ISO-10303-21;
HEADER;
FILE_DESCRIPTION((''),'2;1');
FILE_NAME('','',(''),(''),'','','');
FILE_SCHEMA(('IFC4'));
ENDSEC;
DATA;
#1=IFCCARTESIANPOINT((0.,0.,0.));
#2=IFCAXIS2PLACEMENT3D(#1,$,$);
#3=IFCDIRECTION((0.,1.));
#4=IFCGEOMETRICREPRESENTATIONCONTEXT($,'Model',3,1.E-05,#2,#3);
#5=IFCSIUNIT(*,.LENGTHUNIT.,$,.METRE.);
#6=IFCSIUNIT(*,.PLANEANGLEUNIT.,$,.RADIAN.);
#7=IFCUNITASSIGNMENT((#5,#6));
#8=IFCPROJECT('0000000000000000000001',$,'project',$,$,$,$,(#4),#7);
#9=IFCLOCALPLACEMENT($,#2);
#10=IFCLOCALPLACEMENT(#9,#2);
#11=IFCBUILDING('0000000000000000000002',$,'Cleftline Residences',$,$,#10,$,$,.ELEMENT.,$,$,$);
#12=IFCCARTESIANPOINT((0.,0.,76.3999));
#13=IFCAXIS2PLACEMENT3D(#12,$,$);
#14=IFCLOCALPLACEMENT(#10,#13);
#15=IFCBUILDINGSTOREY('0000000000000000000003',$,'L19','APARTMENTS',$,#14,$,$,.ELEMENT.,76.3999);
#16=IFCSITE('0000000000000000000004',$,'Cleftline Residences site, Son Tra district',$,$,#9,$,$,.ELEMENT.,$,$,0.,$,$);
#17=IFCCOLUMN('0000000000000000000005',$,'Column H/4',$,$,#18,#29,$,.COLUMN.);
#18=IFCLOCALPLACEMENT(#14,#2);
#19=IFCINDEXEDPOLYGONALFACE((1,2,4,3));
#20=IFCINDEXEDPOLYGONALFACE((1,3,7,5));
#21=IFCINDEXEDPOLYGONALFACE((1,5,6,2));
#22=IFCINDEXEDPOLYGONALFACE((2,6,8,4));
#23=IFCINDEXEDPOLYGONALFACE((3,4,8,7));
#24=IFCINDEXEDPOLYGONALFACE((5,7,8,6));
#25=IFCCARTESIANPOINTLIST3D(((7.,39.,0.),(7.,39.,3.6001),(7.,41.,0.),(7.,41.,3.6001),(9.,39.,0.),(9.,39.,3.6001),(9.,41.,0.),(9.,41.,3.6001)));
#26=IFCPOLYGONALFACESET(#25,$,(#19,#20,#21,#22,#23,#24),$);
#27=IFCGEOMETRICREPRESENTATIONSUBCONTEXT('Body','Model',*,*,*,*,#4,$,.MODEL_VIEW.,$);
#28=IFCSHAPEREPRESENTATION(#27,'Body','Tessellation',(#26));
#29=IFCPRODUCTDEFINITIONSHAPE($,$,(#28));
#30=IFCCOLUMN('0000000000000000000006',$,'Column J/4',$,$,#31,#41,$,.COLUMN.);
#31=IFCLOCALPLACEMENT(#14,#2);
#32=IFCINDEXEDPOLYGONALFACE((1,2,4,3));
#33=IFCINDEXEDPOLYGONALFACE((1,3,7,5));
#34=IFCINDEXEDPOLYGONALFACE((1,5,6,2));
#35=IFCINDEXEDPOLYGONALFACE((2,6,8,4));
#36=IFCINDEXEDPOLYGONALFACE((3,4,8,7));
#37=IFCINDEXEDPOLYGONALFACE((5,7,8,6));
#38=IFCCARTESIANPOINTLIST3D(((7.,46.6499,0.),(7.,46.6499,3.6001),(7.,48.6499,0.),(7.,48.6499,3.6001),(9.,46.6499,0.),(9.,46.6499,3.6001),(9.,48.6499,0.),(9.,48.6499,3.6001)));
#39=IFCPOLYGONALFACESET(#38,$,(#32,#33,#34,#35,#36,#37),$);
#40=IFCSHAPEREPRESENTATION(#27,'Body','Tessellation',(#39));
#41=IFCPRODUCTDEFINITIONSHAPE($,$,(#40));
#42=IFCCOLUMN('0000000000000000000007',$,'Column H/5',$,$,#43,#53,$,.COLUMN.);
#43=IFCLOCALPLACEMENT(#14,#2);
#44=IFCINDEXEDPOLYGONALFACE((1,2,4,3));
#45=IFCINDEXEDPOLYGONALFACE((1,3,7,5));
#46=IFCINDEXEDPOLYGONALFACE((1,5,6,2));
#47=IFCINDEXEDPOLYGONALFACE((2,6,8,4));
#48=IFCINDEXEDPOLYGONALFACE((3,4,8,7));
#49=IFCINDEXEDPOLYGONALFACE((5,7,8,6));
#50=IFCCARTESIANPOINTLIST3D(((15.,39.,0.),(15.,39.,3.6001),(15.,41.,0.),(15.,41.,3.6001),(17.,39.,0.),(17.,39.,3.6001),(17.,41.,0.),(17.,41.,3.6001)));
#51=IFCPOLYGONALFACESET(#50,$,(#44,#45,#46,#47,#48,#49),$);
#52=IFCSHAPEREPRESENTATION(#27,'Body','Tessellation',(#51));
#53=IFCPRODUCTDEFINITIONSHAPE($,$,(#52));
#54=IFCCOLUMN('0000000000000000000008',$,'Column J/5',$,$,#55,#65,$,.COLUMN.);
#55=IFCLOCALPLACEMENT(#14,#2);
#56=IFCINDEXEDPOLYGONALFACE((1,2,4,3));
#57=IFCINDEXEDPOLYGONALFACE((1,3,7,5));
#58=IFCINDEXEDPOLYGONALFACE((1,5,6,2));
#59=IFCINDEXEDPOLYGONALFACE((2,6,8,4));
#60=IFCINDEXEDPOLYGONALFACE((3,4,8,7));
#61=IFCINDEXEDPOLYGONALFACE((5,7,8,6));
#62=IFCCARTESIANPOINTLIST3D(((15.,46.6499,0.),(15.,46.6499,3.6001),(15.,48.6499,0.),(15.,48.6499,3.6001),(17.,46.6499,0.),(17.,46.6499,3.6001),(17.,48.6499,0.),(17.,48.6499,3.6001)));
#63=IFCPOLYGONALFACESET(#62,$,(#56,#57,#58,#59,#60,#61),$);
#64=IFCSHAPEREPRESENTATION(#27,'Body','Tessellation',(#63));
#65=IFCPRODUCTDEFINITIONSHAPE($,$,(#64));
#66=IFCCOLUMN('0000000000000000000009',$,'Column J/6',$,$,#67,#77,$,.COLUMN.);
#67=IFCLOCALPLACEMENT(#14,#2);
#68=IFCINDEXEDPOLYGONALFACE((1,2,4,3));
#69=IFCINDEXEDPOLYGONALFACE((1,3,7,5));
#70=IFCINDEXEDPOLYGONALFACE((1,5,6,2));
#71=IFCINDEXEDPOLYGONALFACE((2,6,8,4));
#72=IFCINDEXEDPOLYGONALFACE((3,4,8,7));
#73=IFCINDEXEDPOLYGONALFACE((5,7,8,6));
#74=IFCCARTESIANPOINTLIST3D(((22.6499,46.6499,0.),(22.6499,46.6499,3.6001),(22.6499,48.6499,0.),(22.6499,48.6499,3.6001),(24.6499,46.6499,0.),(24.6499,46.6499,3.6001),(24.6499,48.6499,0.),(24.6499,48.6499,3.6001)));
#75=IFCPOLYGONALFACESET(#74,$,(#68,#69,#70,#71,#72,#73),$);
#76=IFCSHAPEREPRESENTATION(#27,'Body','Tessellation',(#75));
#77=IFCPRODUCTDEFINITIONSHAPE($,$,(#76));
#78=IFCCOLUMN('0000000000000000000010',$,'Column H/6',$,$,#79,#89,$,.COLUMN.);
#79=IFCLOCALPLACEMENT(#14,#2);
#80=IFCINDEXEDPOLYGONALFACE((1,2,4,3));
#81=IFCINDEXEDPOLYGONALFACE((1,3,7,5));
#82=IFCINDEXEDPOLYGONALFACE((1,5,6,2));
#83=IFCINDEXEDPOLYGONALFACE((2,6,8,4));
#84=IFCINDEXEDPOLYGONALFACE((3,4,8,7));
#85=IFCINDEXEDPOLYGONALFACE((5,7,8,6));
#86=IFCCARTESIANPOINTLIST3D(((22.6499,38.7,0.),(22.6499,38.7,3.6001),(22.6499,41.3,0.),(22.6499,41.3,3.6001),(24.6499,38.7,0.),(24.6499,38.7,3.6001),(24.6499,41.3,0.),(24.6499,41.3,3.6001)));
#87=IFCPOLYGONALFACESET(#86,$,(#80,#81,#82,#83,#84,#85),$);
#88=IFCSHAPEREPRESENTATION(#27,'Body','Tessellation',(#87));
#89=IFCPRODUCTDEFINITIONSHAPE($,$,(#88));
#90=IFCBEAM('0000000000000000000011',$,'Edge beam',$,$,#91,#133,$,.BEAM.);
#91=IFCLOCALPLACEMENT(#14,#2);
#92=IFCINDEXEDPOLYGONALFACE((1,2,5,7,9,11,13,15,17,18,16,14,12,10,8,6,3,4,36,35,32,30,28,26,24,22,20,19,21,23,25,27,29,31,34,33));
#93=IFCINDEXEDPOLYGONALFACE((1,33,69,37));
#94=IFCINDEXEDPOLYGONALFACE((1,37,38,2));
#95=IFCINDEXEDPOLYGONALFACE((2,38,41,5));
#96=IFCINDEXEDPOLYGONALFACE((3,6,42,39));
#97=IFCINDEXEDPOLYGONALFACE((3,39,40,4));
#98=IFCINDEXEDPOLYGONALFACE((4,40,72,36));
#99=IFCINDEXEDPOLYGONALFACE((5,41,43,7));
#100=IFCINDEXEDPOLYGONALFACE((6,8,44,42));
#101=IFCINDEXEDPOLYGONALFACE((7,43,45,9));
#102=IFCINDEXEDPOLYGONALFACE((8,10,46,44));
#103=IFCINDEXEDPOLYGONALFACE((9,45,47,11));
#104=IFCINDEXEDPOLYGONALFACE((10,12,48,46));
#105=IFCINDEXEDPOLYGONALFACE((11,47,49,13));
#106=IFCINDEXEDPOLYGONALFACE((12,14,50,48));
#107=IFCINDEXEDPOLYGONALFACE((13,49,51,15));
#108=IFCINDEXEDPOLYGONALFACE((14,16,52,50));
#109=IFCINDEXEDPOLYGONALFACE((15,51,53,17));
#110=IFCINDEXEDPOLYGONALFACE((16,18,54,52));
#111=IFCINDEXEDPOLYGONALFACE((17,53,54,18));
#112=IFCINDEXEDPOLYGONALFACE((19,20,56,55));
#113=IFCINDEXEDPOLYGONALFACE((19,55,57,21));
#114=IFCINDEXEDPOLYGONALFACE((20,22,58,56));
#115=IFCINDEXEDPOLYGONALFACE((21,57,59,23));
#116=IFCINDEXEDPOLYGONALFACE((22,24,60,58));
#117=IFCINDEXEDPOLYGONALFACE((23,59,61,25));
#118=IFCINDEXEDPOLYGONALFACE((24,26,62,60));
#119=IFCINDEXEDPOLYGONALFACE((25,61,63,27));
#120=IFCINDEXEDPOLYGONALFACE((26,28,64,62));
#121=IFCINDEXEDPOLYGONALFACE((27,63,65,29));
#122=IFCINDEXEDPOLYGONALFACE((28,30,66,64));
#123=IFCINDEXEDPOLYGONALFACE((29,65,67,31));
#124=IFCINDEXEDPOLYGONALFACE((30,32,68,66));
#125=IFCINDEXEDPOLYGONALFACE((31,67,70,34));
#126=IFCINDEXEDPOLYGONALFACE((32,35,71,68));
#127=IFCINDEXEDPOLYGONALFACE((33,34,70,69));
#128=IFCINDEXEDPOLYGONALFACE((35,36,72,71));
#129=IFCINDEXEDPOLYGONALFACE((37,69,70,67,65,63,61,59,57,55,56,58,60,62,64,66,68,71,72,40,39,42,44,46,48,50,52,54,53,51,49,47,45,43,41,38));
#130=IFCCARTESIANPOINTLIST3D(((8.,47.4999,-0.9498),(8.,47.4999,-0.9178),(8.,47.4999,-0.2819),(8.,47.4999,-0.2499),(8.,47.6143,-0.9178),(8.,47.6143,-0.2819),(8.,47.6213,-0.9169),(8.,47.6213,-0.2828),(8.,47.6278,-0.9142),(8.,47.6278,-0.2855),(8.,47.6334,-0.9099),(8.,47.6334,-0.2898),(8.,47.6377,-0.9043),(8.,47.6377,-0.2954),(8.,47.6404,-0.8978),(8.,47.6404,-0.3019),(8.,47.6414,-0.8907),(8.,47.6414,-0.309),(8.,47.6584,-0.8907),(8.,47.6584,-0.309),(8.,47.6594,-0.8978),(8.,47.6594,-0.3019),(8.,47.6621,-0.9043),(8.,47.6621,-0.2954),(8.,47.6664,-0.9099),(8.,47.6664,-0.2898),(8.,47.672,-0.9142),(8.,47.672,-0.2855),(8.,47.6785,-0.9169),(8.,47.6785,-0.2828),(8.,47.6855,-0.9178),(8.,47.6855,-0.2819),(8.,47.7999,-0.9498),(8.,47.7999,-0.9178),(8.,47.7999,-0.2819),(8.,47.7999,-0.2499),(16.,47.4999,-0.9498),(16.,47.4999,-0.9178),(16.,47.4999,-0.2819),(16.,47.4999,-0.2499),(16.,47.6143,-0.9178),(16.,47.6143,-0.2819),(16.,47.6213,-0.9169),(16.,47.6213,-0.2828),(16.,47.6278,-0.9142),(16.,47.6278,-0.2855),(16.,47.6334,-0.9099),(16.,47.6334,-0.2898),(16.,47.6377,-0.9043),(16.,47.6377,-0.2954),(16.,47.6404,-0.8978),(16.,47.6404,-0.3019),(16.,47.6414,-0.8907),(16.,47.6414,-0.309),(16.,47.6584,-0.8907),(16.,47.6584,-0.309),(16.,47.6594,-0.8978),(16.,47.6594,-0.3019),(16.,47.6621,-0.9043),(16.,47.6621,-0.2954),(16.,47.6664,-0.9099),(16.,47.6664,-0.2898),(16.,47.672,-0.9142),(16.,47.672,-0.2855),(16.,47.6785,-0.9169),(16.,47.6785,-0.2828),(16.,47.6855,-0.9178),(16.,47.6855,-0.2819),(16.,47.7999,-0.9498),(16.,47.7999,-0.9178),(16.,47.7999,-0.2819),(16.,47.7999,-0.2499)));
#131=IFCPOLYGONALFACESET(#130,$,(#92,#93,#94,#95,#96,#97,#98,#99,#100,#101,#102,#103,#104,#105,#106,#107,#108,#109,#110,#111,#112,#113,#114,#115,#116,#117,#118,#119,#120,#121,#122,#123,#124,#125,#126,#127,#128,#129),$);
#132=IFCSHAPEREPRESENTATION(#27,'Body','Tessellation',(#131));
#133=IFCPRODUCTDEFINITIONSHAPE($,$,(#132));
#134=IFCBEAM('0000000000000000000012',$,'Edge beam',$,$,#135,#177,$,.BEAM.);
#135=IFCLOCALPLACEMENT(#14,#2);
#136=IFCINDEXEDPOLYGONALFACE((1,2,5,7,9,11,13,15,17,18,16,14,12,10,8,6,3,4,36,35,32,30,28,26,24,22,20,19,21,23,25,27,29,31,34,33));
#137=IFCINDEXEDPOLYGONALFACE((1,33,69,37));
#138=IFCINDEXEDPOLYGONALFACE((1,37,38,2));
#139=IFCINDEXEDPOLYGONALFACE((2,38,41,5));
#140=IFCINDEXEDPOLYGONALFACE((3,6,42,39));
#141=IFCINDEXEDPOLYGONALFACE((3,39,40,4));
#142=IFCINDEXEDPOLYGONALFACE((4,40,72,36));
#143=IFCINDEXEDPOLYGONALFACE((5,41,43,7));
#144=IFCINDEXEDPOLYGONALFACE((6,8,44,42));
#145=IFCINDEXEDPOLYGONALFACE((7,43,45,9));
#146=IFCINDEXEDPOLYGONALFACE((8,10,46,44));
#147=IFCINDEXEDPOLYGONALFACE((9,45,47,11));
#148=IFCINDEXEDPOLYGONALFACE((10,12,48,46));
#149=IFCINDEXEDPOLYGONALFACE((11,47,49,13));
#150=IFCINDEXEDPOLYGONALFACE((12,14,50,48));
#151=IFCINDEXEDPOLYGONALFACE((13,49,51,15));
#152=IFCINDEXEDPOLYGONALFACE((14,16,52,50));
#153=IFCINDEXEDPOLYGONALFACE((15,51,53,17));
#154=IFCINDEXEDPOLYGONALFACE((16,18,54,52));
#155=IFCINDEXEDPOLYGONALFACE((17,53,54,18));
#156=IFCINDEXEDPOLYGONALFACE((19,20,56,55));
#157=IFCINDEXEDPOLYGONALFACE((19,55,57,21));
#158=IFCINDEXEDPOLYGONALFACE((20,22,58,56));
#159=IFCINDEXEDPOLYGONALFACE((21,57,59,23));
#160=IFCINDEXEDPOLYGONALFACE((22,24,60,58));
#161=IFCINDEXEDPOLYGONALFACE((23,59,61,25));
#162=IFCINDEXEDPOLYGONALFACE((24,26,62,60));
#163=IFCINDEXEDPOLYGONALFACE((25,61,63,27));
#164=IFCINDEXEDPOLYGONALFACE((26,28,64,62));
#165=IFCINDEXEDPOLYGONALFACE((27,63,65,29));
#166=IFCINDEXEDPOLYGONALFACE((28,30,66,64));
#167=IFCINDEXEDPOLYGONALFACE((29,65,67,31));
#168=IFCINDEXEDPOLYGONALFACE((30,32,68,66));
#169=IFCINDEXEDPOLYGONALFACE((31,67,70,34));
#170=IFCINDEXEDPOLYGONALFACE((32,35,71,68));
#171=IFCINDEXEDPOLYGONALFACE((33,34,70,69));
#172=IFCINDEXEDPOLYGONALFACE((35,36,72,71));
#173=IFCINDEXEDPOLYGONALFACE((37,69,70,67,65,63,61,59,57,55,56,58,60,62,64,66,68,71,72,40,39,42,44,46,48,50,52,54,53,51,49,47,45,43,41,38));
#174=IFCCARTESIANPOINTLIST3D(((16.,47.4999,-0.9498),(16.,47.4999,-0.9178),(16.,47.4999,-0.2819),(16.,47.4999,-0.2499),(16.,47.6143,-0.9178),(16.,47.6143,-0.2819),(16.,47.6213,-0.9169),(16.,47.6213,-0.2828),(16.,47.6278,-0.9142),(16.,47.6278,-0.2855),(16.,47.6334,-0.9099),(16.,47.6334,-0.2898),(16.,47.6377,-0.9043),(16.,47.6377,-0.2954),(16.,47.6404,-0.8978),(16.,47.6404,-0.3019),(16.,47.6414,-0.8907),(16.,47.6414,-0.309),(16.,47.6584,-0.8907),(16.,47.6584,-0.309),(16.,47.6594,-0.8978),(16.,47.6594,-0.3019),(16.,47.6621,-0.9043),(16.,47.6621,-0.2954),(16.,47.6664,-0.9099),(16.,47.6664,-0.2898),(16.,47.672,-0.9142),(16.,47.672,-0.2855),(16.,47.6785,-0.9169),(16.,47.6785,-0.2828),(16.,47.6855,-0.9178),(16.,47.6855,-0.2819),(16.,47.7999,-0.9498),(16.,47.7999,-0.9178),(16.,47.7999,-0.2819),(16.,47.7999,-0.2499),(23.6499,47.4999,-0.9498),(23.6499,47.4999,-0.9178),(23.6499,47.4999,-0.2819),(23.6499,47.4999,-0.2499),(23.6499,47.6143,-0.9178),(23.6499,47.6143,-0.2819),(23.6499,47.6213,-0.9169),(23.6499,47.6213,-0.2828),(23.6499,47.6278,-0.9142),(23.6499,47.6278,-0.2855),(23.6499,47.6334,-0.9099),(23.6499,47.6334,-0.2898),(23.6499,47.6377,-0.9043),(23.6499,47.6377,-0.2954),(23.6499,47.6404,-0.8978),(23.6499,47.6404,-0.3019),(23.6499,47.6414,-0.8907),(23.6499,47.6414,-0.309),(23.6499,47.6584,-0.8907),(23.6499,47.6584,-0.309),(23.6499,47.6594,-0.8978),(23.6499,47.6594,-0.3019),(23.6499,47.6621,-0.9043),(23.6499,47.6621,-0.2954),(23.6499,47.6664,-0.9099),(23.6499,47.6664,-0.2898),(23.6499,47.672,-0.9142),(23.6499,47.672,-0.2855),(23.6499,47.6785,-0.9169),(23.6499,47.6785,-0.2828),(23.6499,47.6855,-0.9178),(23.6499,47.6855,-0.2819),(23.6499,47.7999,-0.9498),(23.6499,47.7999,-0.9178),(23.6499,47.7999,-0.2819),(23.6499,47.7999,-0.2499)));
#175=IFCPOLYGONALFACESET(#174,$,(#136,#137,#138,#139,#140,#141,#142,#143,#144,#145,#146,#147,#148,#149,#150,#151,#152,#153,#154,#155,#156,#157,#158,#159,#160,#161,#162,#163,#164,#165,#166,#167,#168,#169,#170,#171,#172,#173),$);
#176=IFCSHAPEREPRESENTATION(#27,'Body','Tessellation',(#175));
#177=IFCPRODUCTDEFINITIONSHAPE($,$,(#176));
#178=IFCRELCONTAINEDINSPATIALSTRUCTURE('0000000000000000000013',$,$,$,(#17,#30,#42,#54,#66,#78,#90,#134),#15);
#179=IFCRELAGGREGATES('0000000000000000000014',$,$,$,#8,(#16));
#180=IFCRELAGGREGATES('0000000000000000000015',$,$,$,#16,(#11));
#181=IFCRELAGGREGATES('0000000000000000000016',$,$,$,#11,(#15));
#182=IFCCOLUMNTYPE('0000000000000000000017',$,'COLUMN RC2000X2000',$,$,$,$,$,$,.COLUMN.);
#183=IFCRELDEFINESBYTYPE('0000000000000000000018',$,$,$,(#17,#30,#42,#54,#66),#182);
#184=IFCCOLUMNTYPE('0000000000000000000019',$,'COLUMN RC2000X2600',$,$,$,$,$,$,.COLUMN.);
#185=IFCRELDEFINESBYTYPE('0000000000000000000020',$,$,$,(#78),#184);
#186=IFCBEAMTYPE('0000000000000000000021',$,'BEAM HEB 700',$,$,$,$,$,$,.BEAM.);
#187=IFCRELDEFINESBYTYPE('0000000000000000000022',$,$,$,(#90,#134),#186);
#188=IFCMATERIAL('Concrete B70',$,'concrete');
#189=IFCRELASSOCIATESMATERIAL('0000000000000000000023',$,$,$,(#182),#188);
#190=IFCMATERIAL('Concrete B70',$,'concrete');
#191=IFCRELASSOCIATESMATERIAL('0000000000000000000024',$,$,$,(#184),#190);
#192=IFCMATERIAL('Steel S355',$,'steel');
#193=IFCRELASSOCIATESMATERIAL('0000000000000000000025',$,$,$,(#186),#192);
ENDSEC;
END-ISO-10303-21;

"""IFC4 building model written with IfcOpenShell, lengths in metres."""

from ifc_helpers import new_model, si_unit, direction, frame, origin, origin_2d, place, context, subcontext, project, spatial, rectangle, i_section, extrude, material, material_profile, profile_set, type_object, element, save


model = new_model("IFC4")

# Units and contexts
model_context = context("Model", 3, precision=1e-05, world=origin(), true_north=direction((0.0, 1.0)))
body_context = subcontext(model_context, "Body", "Model", "MODEL_VIEW")
ifc_project = project(units=[si_unit("LENGTHUNIT", "METRE"), si_unit("PLANEANGLEUNIT", "RADIAN")], contexts=[model_context])

# Site, building, storey
site_placement = place(None, origin())
site = spatial("IfcSite", under=ifc_project, at=site_placement, Name="Cleftline Residences site, Son Tra district", CompositionType="ELEMENT", RefElevation=0.0)
building_placement = place(site_placement, origin())
building = spatial("IfcBuilding", under=site, at=building_placement, Name="Cleftline Residences", CompositionType="ELEMENT")
storey_placement = place(building_placement, frame((0.0, 0.0, 76.3999)))
storey = spatial("IfcBuildingStorey", under=building, at=storey_placement, Name="L19", Description="APARTMENTS", CompositionType="ELEMENT", Elevation=76.3999)

# Columns
ifc_material_1 = material(Name="Concrete B70", Category="concrete")
ifc_material_profile_1 = material_profile(ifc_material_1, rectangle(XDim=2.0, YDim=2.0, at=origin_2d()))
ifc_profile_set_1 = profile_set([ifc_material_profile_1], Name="Concrete B70")
column_type_1 = type_object("IfcColumnType", Name="COLUMN RC2000X2000", PredefinedType="COLUMN", material=ifc_profile_set_1)
for number, where, z_axis, x_axis, name in (
    (1, (8.0, 40.0, 0.0), (0.0, 0.0, 1.0), (1.0, 0.0, 0.0), "Column H/4"),
    (2, (8.0, 47.6499, 0.0), (0.0, 0.0, 1.0), (1.0, 0.0, 0.0), "Column J/4"),
    (3, (16.0, 40.0, 0.0), (0.0, 0.0, 1.0), (1.0, 0.0, 0.0), "Column H/5"),
    (4, (16.0, 47.6499, 0.0), (0.0, 0.0, 1.0), (1.0, 0.0, 0.0), "Column J/5"),
    (5, (23.6499, 47.6499, 0.0), (0.0, 0.0, 1.0), (1.0, 0.0, 0.0), "Column J/6"),
):
    element("IfcColumn", number, at=place(storey_placement, frame(where, z_axis=z_axis, x_axis=x_axis)), inside=storey, type_object=column_type_1, Name=name, PredefinedType="COLUMN", context=body_context, shape_type="SweptSolid", body=[
        extrude(rectangle(XDim=2.0, YDim=2.0, at=origin_2d()), origin(), (0.0, 0.0, 1.0), 3.6001),
    ])
ifc_material_2 = material(Name="Concrete B70", Category="concrete")
ifc_material_profile_2 = material_profile(ifc_material_2, rectangle(XDim=2.0, YDim=2.6001, at=origin_2d()))
ifc_profile_set_2 = profile_set([ifc_material_profile_2], Name="Concrete B70")
column_type_2 = type_object("IfcColumnType", Name="COLUMN RC2000X2600", PredefinedType="COLUMN", material=ifc_profile_set_2)
column_placement = place(storey_placement, frame((23.6499, 40.0, 0.0), z_axis=(0.0, 0.0, 1.0), x_axis=(1.0, 0.0, 0.0)))
element("IfcColumn", 6, at=column_placement, inside=storey, type_object=column_type_2, Name="Column H/6", PredefinedType="COLUMN", context=body_context, shape_type="SweptSolid", body=[
    extrude(rectangle(XDim=2.0, YDim=2.6001, at=origin_2d()), origin(), (0.0, 0.0, 1.0), 3.6001),
])

# Beams
ifc_material_3 = material(Name="Steel S355", Category="steel")
ifc_material_profile_3 = material_profile(ifc_material_3, i_section(OverallWidth=0.3, OverallDepth=0.7, WebThickness=0.0171, FlangeThickness=0.032, FilletRadius=0.0271, at=origin_2d()))
ifc_profile_set_3 = profile_set([ifc_material_profile_3], Name="Steel S355")
beam_type = type_object("IfcBeamType", Name="BEAM HEB 700", PredefinedType="BEAM", material=ifc_profile_set_3)
beam_placement = place(storey_placement, frame((8.0, 47.6499, -0.5999), z_axis=(1.0, 0.0, 0.0), x_axis=(0.0, 1.0, 0.0)))
element("IfcBeam", 7, at=beam_placement, inside=storey, type_object=beam_type, Name="Edge beam", PredefinedType="BEAM", context=body_context, shape_type="SweptSolid", body=[
    extrude(i_section(OverallWidth=0.3, OverallDepth=0.7, WebThickness=0.0171, FlangeThickness=0.032, FilletRadius=0.0271, at=origin_2d()), origin(), (0.0, 0.0, 1.0), 8.0),
])
for number, where, z_axis, x_axis, name in (
    (8, (16.0, 47.6499, -0.5999), (1.0, 0.0, 0.0), (0.0, 1.0, 0.0), "Edge beam"),
):
    element("IfcBeam", number, at=place(storey_placement, frame(where, z_axis=z_axis, x_axis=x_axis)), inside=storey, type_object=beam_type, Name=name, PredefinedType="BEAM", context=body_context, shape_type="SweptSolid", body=[
        extrude(i_section(OverallWidth=0.3, OverallDepth=0.7, WebThickness=0.0171, FlangeThickness=0.032, FilletRadius=0.0271, at=origin_2d()), origin(), (0.0, 0.0, 1.0), 7.6499),
    ])

save(model, "model.ifc")
